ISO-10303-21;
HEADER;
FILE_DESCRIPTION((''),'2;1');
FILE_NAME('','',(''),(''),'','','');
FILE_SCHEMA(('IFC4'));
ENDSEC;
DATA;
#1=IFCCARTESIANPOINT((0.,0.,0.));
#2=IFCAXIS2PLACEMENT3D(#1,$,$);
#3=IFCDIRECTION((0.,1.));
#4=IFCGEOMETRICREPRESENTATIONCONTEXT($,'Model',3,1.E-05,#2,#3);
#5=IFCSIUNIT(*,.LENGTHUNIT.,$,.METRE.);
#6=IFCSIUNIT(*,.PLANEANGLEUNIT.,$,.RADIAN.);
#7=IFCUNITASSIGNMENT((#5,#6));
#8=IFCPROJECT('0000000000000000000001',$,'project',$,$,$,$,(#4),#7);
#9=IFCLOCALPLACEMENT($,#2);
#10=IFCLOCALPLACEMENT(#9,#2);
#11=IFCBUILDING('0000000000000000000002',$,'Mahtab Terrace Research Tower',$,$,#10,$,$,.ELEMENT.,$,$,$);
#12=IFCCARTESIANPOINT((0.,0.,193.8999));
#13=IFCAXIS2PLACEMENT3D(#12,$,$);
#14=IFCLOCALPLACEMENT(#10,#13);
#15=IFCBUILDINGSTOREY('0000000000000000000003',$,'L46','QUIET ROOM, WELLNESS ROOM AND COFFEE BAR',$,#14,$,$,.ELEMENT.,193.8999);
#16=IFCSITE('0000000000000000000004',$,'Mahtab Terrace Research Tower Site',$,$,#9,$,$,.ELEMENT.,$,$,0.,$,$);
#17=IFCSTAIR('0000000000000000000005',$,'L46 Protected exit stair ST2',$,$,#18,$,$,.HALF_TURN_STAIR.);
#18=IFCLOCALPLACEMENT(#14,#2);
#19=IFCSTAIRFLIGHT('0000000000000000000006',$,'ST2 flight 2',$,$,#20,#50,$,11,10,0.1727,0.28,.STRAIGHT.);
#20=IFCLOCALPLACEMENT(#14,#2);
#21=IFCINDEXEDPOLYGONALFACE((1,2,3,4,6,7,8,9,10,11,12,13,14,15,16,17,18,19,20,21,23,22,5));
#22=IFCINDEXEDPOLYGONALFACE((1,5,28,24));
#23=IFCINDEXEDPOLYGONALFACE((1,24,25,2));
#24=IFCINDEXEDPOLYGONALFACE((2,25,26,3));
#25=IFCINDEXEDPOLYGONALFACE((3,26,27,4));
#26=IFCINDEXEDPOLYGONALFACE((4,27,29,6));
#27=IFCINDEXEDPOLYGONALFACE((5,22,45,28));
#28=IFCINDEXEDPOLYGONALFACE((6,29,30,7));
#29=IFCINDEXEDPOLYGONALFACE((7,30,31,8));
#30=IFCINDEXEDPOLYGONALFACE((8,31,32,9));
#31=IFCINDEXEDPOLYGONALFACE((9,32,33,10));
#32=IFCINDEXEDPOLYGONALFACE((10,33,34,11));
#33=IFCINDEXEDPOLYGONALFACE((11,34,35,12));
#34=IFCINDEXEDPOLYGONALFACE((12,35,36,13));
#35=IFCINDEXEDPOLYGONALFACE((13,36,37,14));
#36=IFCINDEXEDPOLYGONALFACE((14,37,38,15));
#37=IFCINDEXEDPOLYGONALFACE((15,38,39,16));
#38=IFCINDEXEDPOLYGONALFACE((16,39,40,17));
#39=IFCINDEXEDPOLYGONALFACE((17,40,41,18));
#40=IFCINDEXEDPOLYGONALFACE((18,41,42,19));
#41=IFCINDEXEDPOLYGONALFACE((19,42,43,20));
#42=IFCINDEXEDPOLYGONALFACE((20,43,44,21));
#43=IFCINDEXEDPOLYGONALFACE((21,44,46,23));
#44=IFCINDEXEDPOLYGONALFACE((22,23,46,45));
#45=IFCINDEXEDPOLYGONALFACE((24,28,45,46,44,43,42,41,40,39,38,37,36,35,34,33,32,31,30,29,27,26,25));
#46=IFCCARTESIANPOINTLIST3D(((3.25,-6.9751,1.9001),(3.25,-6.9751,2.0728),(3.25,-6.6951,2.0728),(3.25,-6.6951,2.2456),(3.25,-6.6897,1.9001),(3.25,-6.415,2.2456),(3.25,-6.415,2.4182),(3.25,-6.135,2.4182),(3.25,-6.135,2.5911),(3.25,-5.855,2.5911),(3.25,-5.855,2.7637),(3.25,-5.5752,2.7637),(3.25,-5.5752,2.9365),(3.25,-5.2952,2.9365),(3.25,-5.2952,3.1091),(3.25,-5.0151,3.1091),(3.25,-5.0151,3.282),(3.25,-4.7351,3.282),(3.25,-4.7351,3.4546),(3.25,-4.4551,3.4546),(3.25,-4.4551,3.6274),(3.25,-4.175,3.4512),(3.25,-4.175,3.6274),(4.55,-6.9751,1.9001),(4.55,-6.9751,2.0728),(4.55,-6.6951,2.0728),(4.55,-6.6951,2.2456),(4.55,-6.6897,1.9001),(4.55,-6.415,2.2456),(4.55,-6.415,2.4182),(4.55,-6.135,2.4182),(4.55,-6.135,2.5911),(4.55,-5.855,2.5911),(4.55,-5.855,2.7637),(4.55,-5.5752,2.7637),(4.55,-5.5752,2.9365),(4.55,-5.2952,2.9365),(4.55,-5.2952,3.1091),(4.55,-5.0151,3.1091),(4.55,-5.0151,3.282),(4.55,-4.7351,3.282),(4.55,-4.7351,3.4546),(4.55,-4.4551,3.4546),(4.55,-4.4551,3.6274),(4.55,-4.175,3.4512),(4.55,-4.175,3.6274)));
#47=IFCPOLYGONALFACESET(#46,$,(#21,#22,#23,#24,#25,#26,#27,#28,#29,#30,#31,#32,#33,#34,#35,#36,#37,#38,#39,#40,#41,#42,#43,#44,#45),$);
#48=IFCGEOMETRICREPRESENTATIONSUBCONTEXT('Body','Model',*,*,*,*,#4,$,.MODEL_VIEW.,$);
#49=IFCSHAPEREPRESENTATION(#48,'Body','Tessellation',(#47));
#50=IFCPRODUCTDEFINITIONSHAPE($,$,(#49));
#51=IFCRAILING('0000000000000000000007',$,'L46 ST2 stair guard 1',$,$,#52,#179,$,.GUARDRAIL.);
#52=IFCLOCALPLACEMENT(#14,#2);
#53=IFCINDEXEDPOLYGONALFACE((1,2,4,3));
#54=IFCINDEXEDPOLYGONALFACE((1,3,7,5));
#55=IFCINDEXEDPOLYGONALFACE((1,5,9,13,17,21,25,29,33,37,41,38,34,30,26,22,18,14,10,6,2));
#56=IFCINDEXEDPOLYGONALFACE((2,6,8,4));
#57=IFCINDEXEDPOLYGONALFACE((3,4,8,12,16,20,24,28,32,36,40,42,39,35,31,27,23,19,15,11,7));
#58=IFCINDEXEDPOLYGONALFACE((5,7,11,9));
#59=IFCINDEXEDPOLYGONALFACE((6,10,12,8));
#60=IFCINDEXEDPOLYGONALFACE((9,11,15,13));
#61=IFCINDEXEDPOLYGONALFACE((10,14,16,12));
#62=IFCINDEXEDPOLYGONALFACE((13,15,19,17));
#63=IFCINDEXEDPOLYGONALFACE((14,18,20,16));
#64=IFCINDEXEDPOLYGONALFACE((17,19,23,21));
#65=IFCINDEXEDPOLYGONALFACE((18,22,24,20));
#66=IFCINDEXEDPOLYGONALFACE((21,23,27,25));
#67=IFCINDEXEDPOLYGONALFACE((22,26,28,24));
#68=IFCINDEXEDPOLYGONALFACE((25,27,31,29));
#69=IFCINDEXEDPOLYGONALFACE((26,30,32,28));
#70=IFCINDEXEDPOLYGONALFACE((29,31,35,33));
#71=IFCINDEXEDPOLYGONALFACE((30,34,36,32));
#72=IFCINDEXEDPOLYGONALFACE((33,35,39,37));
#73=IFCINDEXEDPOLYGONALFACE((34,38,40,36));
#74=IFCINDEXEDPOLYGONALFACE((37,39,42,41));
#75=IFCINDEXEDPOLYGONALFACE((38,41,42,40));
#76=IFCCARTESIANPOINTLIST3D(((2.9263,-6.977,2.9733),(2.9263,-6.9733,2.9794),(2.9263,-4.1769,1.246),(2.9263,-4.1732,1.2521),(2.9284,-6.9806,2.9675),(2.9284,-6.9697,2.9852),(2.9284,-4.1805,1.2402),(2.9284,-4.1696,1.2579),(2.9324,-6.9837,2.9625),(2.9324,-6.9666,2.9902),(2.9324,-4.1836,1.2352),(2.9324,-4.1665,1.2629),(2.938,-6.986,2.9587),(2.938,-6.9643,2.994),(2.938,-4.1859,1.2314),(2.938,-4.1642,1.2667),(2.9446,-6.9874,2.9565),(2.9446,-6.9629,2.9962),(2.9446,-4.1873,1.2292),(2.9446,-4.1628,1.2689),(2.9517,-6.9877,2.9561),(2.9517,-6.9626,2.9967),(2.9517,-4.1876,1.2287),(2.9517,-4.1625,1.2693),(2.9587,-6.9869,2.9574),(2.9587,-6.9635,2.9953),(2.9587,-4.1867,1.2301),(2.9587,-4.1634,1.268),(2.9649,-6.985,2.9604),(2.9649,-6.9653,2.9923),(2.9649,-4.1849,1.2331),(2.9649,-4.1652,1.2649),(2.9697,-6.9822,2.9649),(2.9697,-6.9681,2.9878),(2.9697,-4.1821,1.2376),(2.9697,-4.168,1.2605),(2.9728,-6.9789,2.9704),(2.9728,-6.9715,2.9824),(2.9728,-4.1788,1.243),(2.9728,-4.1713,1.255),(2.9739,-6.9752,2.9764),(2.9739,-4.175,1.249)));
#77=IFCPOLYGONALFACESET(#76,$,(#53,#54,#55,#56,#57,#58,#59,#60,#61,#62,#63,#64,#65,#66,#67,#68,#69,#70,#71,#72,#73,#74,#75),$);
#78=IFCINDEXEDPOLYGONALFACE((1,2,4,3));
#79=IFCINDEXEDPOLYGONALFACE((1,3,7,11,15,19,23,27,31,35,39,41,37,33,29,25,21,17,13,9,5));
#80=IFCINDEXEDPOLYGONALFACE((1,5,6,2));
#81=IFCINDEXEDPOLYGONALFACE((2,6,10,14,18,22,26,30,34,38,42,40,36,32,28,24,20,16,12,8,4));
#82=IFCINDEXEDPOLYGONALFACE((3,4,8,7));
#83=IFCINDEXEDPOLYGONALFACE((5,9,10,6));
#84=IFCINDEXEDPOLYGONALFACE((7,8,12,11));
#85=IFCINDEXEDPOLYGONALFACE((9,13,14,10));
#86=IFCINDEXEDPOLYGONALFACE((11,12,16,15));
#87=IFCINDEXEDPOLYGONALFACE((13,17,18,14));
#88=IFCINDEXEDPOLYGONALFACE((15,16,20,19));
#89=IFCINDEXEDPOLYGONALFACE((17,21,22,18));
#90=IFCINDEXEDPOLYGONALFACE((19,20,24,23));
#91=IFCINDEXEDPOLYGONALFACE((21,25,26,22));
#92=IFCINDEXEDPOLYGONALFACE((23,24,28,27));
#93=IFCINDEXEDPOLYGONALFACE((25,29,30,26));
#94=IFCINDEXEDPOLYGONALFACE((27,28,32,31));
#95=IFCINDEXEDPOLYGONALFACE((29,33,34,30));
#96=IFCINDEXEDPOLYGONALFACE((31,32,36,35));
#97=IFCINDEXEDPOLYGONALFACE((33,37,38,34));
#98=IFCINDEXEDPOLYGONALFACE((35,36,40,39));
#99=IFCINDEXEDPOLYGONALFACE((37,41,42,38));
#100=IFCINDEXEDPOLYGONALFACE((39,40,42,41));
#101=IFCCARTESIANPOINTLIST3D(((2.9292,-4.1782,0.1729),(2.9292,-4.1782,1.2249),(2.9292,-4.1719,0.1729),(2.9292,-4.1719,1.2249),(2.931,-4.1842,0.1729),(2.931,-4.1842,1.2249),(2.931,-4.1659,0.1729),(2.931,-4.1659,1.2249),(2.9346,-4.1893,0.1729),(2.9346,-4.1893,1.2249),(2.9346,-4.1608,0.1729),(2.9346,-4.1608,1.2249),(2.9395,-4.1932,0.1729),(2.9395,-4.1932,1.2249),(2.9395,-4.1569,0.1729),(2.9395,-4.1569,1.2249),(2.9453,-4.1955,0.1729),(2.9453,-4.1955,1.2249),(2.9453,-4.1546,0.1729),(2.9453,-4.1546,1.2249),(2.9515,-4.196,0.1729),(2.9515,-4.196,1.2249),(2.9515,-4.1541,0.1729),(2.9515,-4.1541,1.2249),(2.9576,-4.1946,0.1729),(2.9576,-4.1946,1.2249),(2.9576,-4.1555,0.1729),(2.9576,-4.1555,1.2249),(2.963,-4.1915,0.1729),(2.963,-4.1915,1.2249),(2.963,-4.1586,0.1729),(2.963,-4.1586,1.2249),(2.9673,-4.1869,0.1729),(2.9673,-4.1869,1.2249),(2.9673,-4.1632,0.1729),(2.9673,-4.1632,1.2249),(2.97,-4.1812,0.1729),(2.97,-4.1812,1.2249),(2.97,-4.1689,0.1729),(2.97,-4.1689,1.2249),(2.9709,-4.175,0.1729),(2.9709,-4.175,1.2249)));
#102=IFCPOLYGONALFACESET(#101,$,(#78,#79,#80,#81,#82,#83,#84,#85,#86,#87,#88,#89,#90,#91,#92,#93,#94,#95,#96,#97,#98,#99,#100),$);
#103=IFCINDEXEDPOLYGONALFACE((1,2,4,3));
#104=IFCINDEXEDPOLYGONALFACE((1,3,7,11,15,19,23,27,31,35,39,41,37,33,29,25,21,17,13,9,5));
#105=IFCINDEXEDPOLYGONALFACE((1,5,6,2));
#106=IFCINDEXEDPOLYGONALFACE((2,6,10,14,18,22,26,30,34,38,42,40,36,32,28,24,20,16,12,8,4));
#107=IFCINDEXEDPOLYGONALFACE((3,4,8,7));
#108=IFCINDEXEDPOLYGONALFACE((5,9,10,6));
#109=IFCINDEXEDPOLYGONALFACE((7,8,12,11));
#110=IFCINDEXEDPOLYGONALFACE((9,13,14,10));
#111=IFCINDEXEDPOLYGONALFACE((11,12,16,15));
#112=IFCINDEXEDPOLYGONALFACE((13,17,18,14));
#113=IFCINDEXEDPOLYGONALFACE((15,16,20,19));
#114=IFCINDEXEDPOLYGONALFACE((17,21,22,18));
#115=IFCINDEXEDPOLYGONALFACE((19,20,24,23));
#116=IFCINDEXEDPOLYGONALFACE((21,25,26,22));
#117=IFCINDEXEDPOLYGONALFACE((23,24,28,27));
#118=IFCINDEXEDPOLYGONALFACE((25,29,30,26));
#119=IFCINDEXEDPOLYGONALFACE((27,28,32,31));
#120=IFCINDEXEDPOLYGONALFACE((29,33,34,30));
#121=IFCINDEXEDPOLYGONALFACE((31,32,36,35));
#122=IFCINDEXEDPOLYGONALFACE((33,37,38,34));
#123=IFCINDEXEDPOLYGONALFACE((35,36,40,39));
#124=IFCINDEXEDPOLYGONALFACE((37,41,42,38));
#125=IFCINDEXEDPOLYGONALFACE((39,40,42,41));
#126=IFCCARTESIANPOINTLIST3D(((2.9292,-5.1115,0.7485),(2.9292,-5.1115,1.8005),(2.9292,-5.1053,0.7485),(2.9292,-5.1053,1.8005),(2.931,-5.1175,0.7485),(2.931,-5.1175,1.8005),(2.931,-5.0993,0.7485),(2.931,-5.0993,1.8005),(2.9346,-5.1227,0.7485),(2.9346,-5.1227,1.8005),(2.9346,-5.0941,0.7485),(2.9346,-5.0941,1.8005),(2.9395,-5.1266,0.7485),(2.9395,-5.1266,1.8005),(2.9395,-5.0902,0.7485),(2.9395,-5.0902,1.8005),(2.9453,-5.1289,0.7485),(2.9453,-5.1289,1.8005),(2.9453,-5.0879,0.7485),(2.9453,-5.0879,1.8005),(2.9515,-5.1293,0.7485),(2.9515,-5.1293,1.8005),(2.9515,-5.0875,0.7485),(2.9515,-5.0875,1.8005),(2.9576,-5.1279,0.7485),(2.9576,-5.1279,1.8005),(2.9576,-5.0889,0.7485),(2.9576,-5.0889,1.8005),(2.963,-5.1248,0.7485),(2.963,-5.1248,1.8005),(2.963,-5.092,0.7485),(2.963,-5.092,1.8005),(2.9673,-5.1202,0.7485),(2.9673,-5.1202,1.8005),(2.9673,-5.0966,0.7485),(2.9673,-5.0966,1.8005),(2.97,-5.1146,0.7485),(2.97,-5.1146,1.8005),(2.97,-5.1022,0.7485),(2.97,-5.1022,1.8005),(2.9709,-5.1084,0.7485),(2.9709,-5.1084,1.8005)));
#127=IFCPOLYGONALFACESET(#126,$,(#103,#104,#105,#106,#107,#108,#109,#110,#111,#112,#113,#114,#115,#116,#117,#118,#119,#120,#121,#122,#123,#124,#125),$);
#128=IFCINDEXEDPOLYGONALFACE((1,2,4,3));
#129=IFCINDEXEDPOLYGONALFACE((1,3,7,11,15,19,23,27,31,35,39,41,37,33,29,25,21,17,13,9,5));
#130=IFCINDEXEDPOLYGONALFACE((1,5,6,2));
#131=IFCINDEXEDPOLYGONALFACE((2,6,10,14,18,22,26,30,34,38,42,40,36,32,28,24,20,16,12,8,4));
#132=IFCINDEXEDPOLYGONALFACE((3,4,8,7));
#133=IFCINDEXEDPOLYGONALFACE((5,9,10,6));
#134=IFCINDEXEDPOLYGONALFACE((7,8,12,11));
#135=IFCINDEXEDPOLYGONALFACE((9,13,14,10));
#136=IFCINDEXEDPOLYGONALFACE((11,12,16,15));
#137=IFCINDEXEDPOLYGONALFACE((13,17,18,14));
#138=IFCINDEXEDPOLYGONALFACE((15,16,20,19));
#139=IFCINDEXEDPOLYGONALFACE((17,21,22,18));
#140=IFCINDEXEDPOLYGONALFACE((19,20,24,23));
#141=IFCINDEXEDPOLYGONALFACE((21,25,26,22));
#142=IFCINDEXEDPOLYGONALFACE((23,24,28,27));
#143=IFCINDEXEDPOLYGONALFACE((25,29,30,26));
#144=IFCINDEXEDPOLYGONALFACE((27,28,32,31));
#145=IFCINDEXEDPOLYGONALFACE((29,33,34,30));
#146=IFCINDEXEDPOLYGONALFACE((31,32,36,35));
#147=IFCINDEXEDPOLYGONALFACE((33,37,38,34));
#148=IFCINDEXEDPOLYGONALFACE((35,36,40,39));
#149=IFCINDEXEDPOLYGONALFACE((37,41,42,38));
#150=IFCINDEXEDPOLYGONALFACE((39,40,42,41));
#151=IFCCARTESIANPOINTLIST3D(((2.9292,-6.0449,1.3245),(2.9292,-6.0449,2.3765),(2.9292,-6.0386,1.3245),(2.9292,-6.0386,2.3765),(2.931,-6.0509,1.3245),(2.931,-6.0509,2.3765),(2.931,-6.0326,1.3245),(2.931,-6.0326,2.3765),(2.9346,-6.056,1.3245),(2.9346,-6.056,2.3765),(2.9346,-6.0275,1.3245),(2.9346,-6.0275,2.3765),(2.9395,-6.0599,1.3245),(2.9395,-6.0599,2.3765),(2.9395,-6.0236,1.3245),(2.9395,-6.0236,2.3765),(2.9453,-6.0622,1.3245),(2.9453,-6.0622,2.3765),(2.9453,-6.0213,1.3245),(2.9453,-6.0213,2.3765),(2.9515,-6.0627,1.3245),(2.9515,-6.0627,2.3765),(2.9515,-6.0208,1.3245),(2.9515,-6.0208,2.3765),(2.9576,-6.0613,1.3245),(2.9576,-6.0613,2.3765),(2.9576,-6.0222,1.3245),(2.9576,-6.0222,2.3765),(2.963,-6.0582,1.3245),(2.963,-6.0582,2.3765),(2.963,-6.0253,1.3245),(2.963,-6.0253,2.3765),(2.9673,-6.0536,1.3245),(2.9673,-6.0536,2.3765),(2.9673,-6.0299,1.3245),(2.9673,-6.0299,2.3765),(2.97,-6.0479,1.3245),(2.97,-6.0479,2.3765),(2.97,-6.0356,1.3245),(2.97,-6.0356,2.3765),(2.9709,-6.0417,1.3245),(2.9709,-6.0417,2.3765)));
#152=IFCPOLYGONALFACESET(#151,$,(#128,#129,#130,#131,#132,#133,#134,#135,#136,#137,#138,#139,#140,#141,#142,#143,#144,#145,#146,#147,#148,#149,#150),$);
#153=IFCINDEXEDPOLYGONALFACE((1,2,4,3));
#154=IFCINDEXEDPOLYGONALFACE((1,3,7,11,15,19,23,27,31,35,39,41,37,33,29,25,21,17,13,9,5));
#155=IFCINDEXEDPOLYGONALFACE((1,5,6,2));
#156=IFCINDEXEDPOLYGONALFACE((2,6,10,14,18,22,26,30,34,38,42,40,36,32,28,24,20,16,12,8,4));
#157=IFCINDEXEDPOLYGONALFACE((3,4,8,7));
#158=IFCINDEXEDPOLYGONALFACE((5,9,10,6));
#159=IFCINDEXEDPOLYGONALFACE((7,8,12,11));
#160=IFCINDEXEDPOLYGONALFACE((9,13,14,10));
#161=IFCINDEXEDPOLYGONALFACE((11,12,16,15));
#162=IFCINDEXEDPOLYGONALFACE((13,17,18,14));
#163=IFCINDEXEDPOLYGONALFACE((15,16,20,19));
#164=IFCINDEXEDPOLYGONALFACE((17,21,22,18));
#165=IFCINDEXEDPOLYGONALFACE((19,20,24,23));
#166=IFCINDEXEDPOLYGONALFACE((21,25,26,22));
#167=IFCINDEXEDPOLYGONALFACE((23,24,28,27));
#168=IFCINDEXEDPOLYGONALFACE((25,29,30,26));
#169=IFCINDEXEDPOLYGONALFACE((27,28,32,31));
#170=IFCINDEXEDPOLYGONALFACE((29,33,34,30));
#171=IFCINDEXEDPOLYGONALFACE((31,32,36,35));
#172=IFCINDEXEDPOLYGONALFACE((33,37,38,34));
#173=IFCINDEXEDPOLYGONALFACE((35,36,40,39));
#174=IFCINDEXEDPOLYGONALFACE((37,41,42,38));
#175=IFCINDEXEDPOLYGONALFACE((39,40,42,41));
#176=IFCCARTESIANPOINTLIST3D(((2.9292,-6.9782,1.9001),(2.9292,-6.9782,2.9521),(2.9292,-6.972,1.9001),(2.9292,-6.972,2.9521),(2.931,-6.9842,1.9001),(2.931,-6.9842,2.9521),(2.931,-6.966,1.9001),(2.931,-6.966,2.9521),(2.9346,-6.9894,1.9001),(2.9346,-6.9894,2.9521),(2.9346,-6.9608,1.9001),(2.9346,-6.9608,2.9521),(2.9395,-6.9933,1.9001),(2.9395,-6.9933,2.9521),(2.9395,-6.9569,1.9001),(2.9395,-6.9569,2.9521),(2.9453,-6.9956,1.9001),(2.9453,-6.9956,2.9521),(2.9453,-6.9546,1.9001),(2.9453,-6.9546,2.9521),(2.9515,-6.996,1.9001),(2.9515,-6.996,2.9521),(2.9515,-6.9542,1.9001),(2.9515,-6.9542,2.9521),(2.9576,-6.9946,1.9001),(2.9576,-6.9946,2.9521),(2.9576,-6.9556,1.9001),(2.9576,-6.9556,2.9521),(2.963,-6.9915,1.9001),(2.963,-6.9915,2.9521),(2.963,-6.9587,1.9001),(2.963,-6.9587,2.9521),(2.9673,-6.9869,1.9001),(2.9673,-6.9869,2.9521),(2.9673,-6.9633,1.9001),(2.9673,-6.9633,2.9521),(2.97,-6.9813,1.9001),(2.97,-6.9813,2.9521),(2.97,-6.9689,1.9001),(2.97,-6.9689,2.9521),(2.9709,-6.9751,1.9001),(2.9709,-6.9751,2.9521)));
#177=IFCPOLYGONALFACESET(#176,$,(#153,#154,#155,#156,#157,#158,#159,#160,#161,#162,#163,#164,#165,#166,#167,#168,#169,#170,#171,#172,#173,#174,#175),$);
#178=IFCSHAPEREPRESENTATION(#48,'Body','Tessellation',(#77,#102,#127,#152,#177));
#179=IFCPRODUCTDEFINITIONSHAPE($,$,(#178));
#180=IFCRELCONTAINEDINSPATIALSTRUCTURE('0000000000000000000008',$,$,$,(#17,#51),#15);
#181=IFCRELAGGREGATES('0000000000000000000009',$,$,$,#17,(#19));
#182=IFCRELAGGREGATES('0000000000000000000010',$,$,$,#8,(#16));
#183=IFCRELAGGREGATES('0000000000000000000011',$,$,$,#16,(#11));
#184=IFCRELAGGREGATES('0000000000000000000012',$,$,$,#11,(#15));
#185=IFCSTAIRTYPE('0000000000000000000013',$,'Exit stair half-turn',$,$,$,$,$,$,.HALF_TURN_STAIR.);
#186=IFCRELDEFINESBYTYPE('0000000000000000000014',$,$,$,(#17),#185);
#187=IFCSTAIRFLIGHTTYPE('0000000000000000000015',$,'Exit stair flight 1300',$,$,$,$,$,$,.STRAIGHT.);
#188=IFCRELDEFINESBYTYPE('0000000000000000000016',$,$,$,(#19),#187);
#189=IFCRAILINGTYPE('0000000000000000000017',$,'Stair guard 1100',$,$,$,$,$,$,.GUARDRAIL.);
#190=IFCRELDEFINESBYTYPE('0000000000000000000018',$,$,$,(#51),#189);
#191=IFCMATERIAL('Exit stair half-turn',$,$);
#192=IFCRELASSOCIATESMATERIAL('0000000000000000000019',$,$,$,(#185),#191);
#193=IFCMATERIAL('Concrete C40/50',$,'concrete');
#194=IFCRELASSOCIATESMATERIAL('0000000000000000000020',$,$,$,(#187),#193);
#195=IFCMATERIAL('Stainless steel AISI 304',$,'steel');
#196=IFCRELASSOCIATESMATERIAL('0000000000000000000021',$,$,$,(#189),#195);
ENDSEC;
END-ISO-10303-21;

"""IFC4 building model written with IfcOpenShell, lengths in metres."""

from ifc_helpers import new_model, si_unit, direction, frame, origin, origin_2d, place, context, subcontext, project, spatial, polyline, circle, outline, extrude, material, type_object, element, aggregate, save


model = new_model("IFC4")

# Units and contexts
model_context = context("Model", 3, precision=1e-05, world=origin(), true_north=direction((0.0, 1.0)))
body_context = subcontext(model_context, "Body", "Model", "MODEL_VIEW")
ifc_project = project(units=[si_unit("LENGTHUNIT", "METRE"), si_unit("PLANEANGLEUNIT", "RADIAN")], contexts=[model_context])

# Site, building, storey
site_placement = place(None, origin())
site = spatial("IfcSite", under=ifc_project, at=site_placement, Name="Mahtab Terrace Research Tower Site", CompositionType="ELEMENT", RefElevation=0.0)
building_placement = place(site_placement, origin())
building = spatial("IfcBuilding", under=site, at=building_placement, Name="Mahtab Terrace Research Tower", CompositionType="ELEMENT")
storey_placement = place(building_placement, frame((0.0, 0.0, 193.8999)))
storey = spatial("IfcBuildingStorey", under=building, at=storey_placement, Name="L46", Description="QUIET ROOM, WELLNESS ROOM AND COFFEE BAR", CompositionType="ELEMENT", Elevation=193.8999)

# Stair, stair flight
ifc_material_1 = material(Name="Exit stair half-turn")
stair_type = type_object("IfcStairType", Name="Exit stair half-turn", PredefinedType="HALF_TURN_STAIR", material=ifc_material_1)
stair_placement = place(storey_placement, origin())
stair = element("IfcStair", 1, at=stair_placement, inside=storey, type_object=stair_type, Name="L46 Protected exit stair ST2", PredefinedType="HALF_TURN_STAIR")
ifc_material_2 = material(Name="Concrete C40/50", Category="concrete")
stair_flight_type = type_object("IfcStairFlightType", Name="Exit stair flight 1300", PredefinedType="STRAIGHT", material=ifc_material_2)
stair_flight_1_placement = place(storey_placement, frame((3.8999, -6.9751, 1.9001), z_axis=(0.0, 0.0, 1.0), x_axis=(0.0, 1.0, 0.0)))
stair_flight_1 = element("IfcStairFlight", 2, at=stair_flight_1_placement, type_object=stair_flight_type, Name="ST2 flight 2", NumberOfRisers=11, NumberOfTreads=10, PredefinedType="STRAIGHT", RiserHeight=0.1727, TreadLength=0.28, context=body_context, shape_type="SweptSolid", body=[
    extrude(outline(polyline([(0.0, 0.0), (0.0, 0.1726), (0.28, 0.1726), (0.28, 0.3455), (0.5601, 0.3455), (0.5601, 0.5181), (0.8401, 0.5181), (0.8401, 0.6909), (1.1201, 0.6909), (1.1201, 0.8635), (1.3999, 0.8635), (1.3999, 1.0364), (1.6799, 1.0364), (1.6799, 1.209), (1.96, 1.209), (1.96, 1.3818), (2.24, 1.3818), (2.24, 1.5544), (2.52, 1.5544), (2.52, 1.7273), (2.8, 1.7273), (2.8, 1.8999), (2.8, 1.551), (0.2854, 0.0), (0.0, 0.0)])), frame((0.0, 0.6499, 0.0), z_axis=(0.0, -1.0, 0.0), x_axis=(1.0, 0.0, 0.0)), (0.0, 0.0, 1.0), 1.3),
])
aggregate(stair, [stair_flight_1])

# Railing
ifc_material_3 = material(Name="Stainless steel AISI 304", Category="steel")
railing_type_1 = type_object("IfcRailingType", Name="Stair guard 1100", PredefinedType="GUARDRAIL", material=ifc_material_3)
railing_1_placement = place(storey_placement, frame((2.95, -4.175, 0.1729)))
element("IfcRailing", 3, at=railing_1_placement, inside=storey, type_object=railing_type_1, Name="L46 ST2 stair guard 1", PredefinedType="GUARDRAIL", context=body_context, shape_type="SweptSolid", body=[
    extrude(circle(Radius=0.0239, at=origin_2d()), frame((0.0, 0.0, 1.0762), z_axis=(0.0, -0.85109, 0.52502), x_axis=(1.0, 0.0, 0.0)), (0.0, 0.0, 1.0), 3.29),
    extrude(circle(Radius=0.021, at=origin_2d()), origin(), (0.0, 0.0, 1.0), 1.052),
    extrude(circle(Radius=0.021, at=origin_2d()), frame((0.0, -0.9333, 0.5757)), (0.0, 0.0, 1.0), 1.052),
    extrude(circle(Radius=0.021, at=origin_2d()), frame((0.0, -1.8667, 1.1516)), (0.0, 0.0, 1.0), 1.052),
    extrude(circle(Radius=0.021, at=origin_2d()), frame((0.0, -2.8, 1.7273)), (0.0, 0.0, 1.0), 1.052),
])

save(model, "model.ifc")
